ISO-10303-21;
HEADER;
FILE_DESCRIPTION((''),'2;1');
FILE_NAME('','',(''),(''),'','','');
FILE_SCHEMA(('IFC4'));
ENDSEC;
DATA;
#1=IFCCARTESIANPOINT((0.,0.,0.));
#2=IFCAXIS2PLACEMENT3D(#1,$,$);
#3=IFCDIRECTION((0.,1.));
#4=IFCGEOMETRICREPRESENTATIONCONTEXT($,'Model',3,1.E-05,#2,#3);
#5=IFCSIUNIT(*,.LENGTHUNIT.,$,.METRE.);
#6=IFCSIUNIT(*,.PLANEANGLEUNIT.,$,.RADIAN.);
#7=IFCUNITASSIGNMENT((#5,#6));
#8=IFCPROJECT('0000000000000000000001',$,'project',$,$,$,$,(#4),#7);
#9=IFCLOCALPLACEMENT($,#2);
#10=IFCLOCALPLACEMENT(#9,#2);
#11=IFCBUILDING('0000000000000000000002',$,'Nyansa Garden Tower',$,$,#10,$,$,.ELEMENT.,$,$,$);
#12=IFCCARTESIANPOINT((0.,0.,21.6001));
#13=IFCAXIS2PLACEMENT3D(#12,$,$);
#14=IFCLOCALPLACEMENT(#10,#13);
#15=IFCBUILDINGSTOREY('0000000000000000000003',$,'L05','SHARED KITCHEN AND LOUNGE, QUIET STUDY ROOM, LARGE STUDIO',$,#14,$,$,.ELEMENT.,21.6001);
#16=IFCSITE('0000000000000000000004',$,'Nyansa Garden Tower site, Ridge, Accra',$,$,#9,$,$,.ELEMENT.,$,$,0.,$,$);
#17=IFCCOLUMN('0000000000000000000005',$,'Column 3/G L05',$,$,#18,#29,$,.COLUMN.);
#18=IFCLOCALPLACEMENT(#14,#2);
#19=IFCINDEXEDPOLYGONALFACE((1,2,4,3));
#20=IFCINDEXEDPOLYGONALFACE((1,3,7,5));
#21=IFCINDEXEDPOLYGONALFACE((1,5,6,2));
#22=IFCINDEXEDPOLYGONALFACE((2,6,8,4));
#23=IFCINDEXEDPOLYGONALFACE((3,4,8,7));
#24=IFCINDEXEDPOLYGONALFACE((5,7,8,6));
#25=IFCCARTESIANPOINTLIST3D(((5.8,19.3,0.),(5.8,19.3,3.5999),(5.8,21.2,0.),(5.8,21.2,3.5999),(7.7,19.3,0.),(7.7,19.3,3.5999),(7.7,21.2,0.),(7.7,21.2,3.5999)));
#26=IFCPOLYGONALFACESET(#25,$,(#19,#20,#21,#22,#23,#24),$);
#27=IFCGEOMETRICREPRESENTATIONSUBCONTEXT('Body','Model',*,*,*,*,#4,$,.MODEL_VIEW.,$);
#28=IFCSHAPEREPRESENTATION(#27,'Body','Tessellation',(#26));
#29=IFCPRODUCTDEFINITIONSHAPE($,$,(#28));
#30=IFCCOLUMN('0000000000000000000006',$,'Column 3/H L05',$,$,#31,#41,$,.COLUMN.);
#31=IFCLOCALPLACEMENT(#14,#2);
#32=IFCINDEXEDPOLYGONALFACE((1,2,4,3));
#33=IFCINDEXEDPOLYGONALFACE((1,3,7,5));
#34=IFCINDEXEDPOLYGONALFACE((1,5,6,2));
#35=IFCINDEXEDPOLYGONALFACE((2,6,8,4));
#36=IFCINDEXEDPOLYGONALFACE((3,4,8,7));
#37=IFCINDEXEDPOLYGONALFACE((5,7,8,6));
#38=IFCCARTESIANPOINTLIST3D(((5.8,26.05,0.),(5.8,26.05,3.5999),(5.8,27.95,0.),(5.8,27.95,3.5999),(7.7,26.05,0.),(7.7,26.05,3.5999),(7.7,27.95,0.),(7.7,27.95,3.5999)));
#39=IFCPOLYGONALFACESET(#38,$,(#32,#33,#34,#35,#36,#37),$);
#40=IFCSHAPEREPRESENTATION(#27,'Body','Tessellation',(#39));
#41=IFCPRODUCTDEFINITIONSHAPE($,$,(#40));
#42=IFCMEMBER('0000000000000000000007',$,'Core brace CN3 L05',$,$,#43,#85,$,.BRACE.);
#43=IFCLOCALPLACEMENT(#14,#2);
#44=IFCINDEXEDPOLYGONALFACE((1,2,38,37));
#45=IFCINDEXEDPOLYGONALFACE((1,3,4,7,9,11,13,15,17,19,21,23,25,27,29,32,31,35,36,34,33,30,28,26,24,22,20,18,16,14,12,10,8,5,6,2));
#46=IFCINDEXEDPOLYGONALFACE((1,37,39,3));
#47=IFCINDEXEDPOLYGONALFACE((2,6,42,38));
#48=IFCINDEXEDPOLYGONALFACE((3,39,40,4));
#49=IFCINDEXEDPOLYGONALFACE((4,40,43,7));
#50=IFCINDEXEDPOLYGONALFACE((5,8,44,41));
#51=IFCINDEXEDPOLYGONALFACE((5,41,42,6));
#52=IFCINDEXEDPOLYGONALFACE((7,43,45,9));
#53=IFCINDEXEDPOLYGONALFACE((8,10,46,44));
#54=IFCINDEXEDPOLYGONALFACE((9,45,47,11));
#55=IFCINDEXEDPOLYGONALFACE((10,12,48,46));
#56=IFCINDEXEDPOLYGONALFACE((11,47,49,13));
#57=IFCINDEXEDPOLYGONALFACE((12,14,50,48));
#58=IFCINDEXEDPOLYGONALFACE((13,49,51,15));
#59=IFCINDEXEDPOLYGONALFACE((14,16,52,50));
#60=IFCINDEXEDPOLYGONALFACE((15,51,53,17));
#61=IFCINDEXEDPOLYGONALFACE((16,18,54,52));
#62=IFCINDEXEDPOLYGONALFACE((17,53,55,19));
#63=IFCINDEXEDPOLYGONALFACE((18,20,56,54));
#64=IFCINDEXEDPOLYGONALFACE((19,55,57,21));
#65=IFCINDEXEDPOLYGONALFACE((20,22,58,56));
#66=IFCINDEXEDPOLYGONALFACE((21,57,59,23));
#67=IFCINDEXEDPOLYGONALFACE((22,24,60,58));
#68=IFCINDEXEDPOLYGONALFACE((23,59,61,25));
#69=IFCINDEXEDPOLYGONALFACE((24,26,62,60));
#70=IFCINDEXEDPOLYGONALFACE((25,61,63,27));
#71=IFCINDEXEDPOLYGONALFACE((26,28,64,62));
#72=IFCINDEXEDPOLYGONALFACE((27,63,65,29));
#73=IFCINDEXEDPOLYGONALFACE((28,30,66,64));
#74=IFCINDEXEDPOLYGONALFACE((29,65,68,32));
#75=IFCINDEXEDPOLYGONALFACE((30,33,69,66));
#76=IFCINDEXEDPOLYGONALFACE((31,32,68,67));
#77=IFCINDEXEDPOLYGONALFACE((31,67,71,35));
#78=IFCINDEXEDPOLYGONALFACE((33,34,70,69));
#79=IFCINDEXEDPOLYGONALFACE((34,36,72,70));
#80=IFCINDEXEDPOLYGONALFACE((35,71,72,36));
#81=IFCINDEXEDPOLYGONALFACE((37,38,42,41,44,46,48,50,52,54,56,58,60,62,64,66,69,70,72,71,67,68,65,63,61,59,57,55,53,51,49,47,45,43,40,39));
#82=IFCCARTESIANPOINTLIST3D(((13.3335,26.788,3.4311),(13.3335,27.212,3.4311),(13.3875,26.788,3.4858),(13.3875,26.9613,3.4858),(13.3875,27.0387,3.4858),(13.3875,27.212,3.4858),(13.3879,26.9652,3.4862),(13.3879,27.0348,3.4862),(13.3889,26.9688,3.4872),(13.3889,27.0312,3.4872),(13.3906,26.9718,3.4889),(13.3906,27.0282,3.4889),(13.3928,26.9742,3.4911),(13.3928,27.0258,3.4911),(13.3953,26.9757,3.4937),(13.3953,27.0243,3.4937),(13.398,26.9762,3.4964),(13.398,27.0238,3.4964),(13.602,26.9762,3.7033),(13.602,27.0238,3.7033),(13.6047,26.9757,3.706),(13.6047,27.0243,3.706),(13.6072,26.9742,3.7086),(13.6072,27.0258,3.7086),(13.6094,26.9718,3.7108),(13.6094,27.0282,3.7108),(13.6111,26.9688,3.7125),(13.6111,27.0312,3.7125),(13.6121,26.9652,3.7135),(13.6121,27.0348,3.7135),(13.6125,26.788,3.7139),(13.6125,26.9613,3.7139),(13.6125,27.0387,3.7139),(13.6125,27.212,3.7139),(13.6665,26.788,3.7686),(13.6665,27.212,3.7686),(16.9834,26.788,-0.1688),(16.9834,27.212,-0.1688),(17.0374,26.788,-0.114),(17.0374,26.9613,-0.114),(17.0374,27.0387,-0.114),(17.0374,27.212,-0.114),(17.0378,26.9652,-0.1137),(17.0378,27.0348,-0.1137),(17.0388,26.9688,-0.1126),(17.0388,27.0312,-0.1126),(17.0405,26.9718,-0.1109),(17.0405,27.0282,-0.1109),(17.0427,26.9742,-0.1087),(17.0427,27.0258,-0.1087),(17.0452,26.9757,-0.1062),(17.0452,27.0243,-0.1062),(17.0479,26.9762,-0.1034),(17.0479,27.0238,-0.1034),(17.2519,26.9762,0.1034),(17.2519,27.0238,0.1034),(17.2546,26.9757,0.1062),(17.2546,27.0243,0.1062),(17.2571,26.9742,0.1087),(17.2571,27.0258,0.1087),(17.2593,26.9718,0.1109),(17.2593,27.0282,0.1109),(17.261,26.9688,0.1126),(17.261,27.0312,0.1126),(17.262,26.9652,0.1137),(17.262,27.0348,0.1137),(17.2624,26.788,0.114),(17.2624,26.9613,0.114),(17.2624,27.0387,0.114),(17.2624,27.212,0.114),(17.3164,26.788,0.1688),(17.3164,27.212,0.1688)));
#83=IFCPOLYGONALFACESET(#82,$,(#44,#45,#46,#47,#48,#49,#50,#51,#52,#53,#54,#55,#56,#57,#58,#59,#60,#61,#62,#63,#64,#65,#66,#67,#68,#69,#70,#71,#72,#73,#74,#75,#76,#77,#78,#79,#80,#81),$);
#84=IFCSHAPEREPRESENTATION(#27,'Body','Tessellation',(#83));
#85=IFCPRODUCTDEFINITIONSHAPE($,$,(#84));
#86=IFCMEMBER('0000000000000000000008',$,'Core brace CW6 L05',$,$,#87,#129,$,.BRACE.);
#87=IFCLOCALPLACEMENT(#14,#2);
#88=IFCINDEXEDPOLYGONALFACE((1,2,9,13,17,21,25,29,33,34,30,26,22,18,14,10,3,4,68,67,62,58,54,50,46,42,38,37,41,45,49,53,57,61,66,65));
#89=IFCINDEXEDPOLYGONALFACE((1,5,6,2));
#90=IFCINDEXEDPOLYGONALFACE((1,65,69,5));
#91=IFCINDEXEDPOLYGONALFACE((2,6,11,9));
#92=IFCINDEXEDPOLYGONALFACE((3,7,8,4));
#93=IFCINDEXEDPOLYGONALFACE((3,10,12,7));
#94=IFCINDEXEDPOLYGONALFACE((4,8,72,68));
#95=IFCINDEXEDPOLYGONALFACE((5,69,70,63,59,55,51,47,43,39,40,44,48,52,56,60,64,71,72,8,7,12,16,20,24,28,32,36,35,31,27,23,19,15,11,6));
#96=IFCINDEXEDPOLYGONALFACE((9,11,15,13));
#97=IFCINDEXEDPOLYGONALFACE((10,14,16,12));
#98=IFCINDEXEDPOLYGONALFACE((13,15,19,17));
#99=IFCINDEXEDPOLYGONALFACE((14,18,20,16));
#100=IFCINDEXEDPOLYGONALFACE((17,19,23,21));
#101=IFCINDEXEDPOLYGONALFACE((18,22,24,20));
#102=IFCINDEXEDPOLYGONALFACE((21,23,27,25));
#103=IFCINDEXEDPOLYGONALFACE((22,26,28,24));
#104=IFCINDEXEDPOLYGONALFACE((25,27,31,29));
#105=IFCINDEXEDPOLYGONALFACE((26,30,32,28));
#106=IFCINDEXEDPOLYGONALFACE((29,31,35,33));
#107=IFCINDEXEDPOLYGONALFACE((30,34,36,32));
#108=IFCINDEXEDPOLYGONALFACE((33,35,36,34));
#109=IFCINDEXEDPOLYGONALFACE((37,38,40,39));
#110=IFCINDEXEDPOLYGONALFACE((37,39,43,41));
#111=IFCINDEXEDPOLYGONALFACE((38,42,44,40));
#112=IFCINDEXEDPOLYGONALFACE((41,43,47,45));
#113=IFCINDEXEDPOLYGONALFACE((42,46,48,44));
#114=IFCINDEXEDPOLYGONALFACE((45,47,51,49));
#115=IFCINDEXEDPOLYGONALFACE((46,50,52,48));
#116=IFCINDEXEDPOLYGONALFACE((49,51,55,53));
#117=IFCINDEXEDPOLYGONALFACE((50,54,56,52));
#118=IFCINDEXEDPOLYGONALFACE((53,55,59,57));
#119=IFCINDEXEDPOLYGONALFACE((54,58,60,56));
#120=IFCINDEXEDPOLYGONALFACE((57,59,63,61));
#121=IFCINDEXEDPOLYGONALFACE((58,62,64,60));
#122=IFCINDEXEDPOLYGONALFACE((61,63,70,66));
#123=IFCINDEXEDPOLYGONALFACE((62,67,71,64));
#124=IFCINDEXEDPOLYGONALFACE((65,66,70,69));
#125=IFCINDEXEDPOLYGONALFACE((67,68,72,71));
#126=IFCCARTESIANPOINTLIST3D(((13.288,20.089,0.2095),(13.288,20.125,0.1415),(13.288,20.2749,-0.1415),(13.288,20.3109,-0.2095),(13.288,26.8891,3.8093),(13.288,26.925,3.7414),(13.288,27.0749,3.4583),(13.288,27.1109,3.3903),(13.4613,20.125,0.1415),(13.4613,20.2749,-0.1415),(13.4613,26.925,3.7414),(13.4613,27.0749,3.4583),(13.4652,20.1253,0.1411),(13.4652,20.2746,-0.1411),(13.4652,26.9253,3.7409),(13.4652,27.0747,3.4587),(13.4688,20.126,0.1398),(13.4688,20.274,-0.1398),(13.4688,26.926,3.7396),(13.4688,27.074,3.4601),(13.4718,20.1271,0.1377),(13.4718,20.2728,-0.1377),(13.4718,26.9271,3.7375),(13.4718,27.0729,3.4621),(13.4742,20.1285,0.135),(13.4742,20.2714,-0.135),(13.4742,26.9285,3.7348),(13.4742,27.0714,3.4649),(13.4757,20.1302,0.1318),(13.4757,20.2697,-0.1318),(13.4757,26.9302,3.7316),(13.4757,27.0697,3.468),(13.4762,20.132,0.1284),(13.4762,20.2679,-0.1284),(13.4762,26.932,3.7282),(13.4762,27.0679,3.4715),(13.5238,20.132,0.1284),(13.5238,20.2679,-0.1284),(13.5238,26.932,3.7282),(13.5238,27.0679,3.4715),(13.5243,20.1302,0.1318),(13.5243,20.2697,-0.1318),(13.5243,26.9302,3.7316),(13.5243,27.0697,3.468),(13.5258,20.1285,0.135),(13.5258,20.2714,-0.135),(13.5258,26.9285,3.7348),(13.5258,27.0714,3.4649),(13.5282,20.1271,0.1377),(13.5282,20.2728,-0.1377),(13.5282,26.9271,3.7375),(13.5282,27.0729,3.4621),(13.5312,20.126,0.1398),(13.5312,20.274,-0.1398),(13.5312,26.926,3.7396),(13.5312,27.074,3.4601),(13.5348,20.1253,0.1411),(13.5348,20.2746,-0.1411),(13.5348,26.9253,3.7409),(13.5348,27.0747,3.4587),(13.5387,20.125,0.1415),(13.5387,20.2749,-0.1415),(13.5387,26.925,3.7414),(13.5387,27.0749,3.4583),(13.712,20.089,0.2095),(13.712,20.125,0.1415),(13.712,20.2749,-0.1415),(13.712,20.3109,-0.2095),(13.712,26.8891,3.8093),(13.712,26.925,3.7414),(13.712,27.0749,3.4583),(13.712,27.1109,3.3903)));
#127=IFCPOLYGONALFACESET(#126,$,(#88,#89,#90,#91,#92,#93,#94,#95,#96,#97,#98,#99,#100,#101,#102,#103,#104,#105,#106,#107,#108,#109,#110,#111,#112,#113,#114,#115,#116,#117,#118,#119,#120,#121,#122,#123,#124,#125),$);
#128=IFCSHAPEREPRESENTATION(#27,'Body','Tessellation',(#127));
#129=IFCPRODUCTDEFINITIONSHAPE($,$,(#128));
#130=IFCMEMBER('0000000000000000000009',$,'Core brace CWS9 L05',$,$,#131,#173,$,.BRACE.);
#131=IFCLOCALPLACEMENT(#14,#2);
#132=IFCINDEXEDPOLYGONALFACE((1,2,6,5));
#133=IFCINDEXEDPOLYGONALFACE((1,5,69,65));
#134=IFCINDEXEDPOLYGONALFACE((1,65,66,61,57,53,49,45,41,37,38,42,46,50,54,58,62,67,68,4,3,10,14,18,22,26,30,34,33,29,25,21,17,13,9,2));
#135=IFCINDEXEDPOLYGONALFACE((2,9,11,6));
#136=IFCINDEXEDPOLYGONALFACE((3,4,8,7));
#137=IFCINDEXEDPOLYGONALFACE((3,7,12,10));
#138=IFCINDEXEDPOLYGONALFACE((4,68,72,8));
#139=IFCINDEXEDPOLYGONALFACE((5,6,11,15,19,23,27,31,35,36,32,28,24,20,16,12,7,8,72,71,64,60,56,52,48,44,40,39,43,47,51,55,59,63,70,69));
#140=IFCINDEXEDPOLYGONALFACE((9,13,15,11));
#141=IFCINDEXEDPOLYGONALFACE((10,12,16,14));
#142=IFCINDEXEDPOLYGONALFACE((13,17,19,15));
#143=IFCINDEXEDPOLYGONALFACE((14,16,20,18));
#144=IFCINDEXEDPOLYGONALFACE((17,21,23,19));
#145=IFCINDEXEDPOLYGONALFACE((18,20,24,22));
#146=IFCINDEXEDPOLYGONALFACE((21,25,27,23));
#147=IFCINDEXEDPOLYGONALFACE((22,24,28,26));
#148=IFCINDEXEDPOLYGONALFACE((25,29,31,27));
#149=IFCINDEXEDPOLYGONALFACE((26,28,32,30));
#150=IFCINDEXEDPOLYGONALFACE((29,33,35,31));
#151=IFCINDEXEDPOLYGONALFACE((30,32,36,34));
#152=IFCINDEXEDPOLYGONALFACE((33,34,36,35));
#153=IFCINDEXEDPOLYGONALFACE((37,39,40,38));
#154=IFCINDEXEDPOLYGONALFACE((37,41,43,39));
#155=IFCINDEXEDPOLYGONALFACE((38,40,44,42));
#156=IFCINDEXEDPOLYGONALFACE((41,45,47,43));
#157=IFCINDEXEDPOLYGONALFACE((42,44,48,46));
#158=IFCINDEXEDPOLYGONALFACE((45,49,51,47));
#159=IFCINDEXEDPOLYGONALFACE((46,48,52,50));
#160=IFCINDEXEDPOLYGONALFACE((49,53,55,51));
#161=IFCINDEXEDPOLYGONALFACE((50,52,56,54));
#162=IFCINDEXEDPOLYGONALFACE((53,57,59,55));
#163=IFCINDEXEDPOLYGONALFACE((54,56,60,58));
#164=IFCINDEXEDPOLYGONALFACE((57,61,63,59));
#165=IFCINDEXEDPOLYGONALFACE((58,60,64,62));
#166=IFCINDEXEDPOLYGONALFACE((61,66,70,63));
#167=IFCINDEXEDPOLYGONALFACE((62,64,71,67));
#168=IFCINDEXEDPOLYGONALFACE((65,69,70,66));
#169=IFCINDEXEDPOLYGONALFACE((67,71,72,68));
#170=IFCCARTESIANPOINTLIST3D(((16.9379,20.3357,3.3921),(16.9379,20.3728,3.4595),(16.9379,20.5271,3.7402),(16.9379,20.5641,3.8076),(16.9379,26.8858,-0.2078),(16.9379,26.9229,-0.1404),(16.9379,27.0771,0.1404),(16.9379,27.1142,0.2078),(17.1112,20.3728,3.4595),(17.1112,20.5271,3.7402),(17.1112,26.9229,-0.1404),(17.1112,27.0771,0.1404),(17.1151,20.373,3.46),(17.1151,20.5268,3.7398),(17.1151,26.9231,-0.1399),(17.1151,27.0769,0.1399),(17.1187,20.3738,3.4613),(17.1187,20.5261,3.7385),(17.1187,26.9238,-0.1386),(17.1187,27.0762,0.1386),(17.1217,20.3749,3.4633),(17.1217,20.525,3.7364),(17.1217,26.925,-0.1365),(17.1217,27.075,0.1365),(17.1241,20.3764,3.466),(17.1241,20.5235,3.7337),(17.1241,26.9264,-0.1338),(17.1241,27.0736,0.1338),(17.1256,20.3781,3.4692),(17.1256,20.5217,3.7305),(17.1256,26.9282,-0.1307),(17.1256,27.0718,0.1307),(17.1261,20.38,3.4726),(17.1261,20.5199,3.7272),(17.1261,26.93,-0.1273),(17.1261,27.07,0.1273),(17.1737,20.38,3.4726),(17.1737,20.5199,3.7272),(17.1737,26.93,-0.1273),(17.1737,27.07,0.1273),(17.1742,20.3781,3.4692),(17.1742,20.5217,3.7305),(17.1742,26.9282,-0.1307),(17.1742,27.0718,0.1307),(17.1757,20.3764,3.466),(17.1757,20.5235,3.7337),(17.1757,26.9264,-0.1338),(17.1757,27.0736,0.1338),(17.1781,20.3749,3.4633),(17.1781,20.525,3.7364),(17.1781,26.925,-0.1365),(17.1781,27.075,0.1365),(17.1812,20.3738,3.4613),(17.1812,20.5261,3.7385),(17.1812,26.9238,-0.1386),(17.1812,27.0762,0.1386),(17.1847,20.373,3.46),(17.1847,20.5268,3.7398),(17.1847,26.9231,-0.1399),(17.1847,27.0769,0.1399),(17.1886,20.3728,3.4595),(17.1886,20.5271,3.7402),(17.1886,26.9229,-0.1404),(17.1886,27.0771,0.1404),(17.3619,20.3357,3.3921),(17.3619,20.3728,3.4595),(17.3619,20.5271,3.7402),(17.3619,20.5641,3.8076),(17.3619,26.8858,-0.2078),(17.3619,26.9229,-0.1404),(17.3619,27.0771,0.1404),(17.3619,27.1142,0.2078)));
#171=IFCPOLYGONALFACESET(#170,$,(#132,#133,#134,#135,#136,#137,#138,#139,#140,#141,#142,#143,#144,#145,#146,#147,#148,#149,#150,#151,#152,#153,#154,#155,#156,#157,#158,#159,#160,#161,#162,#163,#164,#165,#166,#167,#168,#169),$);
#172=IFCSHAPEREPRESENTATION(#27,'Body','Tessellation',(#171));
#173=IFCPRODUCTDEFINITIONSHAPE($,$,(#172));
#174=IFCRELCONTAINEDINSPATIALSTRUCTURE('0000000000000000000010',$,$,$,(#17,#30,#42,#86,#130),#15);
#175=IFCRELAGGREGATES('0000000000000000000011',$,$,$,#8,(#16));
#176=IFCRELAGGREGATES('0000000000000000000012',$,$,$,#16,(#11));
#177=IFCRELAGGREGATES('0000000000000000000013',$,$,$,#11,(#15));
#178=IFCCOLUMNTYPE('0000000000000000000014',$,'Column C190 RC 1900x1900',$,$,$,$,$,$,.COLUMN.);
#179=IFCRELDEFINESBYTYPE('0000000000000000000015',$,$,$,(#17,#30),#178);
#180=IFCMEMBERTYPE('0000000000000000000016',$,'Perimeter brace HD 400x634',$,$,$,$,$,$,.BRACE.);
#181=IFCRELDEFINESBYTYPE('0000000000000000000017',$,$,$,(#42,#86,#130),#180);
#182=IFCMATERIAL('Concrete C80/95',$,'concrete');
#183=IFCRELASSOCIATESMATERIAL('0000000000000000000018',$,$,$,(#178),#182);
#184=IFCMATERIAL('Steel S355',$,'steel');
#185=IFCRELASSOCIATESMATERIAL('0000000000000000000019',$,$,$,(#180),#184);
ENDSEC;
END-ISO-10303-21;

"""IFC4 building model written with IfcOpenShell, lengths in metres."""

from ifc_helpers import new_model, si_unit, direction, frame, origin, origin_2d, place, context, subcontext, project, spatial, rectangle, i_section, extrude, material, material_profile, profile_set, type_object, element, save


model = new_model("IFC4")

# Units and contexts
model_context = context("Model", 3, precision=1e-05, world=origin(), true_north=direction((0.0, 1.0)))
body_context = subcontext(model_context, "Body", "Model", "MODEL_VIEW")
ifc_project = project(units=[si_unit("LENGTHUNIT", "METRE"), si_unit("PLANEANGLEUNIT", "RADIAN")], contexts=[model_context])

# Site, building, storey
site_placement = place(None, origin())
site = spatial("IfcSite", under=ifc_project, at=site_placement, Name="Nyansa Garden Tower site, Ridge, Accra", CompositionType="ELEMENT", RefElevation=0.0)
building_placement = place(site_placement, origin())
building = spatial("IfcBuilding", under=site, at=building_placement, Name="Nyansa Garden Tower", CompositionType="ELEMENT")
storey_placement = place(building_placement, frame((0.0, 0.0, 21.6001)))
storey = spatial("IfcBuildingStorey", under=building, at=storey_placement, Name="L05", Description="SHARED KITCHEN AND LOUNGE, QUIET STUDY ROOM, LARGE STUDIO", CompositionType="ELEMENT", Elevation=21.6001)

# Columns
ifc_material_1 = material(Name="Concrete C80/95", Category="concrete")
ifc_material_profile_1 = material_profile(ifc_material_1, rectangle(XDim=1.8999, YDim=1.8999, at=origin_2d()), Name="RC 1900x1900")
ifc_profile_set_1 = profile_set([ifc_material_profile_1], Name="Concrete C80/95")
column_type = type_object("IfcColumnType", Name="Column C190 RC 1900x1900", PredefinedType="COLUMN", material=ifc_profile_set_1)
for number, where, z_axis, x_axis, name in (
    (1, (6.75, 20.25, 0.0), (0.0, 0.0, 1.0), (1.0, 0.0, 0.0), "Column 3/G L05"),
    (2, (6.75, 27.0, 0.0), (0.0, 0.0, 1.0), (1.0, 0.0, 0.0), "Column 3/H L05"),
):
    element("IfcColumn", number, at=place(storey_placement, frame(where, z_axis=z_axis, x_axis=x_axis)), inside=storey, type_object=column_type, Name=name, PredefinedType="COLUMN", context=body_context, shape_type="SweptSolid", body=[
        extrude(rectangle(XDim=1.8999, YDim=1.8999, at=origin_2d()), origin(), (0.0, 0.0, 1.0), 3.5999),
    ])

# Members
ifc_material_2 = material(Name="Steel S355", Category="steel")
ifc_material_profile_2 = material_profile(ifc_material_2, i_section(OverallWidth=0.4241, OverallDepth=0.4741, WebThickness=0.0476, FlangeThickness=0.0769, FilletRadius=0.0149, at=origin_2d()), Name="HD 400x634")
ifc_profile_set_2 = profile_set([ifc_material_profile_2], Name="Steel S355")
member_type = type_object("IfcMemberType", Name="Perimeter brace HD 400x634", PredefinedType="BRACE", material=ifc_profile_set_2)
member_1_placement = place(storey_placement, frame((17.1499, 27.0, 0.0), z_axis=(-0.711971, 0.0, 0.702209), x_axis=(0.0, -1.0, 0.0)))
element("IfcMember", 3, at=member_1_placement, inside=storey, type_object=member_type, Name="Core brace CN3 L05", PredefinedType="BRACE", context=body_context, shape_type="SweptSolid", body=[
    extrude(i_section(OverallWidth=0.4241, OverallDepth=0.4741, WebThickness=0.0476, FlangeThickness=0.0769, FilletRadius=0.0149, at=origin_2d()), origin(), (0.0, 0.0, 1.0), 5.1265),
])
member_2_placement = place(storey_placement, frame((13.5, 20.2, 0.0), z_axis=(0.0, 0.883797, 0.46787), x_axis=(-1.0, 0.0, 0.0)))
element("IfcMember", 4, at=member_2_placement, inside=storey, type_object=member_type, Name="Core brace CW6 L05", PredefinedType="BRACE", context=body_context, shape_type="SweptSolid", body=[
    extrude(i_section(OverallWidth=0.4241, OverallDepth=0.4741, WebThickness=0.0476, FlangeThickness=0.0769, FilletRadius=0.0149, at=origin_2d()), origin(), (0.0, 0.0, 1.0), 7.6941),
])
member_3_placement = place(storey_placement, frame((17.1499, 27.0, 0.0), z_axis=(0.0, -0.876367, 0.481644), x_axis=(1.0, 0.0, 0.0)))
element("IfcMember", 5, at=member_3_placement, inside=storey, type_object=member_type, Name="Core brace CWS9 L05", PredefinedType="BRACE", context=body_context, shape_type="SweptSolid", body=[
    extrude(i_section(OverallWidth=0.4241, OverallDepth=0.4741, WebThickness=0.0476, FlangeThickness=0.0769, FilletRadius=0.0149, at=origin_2d()), origin(), (0.0, 0.0, 1.0), 7.4741),
])

save(model, "model.ifc")
